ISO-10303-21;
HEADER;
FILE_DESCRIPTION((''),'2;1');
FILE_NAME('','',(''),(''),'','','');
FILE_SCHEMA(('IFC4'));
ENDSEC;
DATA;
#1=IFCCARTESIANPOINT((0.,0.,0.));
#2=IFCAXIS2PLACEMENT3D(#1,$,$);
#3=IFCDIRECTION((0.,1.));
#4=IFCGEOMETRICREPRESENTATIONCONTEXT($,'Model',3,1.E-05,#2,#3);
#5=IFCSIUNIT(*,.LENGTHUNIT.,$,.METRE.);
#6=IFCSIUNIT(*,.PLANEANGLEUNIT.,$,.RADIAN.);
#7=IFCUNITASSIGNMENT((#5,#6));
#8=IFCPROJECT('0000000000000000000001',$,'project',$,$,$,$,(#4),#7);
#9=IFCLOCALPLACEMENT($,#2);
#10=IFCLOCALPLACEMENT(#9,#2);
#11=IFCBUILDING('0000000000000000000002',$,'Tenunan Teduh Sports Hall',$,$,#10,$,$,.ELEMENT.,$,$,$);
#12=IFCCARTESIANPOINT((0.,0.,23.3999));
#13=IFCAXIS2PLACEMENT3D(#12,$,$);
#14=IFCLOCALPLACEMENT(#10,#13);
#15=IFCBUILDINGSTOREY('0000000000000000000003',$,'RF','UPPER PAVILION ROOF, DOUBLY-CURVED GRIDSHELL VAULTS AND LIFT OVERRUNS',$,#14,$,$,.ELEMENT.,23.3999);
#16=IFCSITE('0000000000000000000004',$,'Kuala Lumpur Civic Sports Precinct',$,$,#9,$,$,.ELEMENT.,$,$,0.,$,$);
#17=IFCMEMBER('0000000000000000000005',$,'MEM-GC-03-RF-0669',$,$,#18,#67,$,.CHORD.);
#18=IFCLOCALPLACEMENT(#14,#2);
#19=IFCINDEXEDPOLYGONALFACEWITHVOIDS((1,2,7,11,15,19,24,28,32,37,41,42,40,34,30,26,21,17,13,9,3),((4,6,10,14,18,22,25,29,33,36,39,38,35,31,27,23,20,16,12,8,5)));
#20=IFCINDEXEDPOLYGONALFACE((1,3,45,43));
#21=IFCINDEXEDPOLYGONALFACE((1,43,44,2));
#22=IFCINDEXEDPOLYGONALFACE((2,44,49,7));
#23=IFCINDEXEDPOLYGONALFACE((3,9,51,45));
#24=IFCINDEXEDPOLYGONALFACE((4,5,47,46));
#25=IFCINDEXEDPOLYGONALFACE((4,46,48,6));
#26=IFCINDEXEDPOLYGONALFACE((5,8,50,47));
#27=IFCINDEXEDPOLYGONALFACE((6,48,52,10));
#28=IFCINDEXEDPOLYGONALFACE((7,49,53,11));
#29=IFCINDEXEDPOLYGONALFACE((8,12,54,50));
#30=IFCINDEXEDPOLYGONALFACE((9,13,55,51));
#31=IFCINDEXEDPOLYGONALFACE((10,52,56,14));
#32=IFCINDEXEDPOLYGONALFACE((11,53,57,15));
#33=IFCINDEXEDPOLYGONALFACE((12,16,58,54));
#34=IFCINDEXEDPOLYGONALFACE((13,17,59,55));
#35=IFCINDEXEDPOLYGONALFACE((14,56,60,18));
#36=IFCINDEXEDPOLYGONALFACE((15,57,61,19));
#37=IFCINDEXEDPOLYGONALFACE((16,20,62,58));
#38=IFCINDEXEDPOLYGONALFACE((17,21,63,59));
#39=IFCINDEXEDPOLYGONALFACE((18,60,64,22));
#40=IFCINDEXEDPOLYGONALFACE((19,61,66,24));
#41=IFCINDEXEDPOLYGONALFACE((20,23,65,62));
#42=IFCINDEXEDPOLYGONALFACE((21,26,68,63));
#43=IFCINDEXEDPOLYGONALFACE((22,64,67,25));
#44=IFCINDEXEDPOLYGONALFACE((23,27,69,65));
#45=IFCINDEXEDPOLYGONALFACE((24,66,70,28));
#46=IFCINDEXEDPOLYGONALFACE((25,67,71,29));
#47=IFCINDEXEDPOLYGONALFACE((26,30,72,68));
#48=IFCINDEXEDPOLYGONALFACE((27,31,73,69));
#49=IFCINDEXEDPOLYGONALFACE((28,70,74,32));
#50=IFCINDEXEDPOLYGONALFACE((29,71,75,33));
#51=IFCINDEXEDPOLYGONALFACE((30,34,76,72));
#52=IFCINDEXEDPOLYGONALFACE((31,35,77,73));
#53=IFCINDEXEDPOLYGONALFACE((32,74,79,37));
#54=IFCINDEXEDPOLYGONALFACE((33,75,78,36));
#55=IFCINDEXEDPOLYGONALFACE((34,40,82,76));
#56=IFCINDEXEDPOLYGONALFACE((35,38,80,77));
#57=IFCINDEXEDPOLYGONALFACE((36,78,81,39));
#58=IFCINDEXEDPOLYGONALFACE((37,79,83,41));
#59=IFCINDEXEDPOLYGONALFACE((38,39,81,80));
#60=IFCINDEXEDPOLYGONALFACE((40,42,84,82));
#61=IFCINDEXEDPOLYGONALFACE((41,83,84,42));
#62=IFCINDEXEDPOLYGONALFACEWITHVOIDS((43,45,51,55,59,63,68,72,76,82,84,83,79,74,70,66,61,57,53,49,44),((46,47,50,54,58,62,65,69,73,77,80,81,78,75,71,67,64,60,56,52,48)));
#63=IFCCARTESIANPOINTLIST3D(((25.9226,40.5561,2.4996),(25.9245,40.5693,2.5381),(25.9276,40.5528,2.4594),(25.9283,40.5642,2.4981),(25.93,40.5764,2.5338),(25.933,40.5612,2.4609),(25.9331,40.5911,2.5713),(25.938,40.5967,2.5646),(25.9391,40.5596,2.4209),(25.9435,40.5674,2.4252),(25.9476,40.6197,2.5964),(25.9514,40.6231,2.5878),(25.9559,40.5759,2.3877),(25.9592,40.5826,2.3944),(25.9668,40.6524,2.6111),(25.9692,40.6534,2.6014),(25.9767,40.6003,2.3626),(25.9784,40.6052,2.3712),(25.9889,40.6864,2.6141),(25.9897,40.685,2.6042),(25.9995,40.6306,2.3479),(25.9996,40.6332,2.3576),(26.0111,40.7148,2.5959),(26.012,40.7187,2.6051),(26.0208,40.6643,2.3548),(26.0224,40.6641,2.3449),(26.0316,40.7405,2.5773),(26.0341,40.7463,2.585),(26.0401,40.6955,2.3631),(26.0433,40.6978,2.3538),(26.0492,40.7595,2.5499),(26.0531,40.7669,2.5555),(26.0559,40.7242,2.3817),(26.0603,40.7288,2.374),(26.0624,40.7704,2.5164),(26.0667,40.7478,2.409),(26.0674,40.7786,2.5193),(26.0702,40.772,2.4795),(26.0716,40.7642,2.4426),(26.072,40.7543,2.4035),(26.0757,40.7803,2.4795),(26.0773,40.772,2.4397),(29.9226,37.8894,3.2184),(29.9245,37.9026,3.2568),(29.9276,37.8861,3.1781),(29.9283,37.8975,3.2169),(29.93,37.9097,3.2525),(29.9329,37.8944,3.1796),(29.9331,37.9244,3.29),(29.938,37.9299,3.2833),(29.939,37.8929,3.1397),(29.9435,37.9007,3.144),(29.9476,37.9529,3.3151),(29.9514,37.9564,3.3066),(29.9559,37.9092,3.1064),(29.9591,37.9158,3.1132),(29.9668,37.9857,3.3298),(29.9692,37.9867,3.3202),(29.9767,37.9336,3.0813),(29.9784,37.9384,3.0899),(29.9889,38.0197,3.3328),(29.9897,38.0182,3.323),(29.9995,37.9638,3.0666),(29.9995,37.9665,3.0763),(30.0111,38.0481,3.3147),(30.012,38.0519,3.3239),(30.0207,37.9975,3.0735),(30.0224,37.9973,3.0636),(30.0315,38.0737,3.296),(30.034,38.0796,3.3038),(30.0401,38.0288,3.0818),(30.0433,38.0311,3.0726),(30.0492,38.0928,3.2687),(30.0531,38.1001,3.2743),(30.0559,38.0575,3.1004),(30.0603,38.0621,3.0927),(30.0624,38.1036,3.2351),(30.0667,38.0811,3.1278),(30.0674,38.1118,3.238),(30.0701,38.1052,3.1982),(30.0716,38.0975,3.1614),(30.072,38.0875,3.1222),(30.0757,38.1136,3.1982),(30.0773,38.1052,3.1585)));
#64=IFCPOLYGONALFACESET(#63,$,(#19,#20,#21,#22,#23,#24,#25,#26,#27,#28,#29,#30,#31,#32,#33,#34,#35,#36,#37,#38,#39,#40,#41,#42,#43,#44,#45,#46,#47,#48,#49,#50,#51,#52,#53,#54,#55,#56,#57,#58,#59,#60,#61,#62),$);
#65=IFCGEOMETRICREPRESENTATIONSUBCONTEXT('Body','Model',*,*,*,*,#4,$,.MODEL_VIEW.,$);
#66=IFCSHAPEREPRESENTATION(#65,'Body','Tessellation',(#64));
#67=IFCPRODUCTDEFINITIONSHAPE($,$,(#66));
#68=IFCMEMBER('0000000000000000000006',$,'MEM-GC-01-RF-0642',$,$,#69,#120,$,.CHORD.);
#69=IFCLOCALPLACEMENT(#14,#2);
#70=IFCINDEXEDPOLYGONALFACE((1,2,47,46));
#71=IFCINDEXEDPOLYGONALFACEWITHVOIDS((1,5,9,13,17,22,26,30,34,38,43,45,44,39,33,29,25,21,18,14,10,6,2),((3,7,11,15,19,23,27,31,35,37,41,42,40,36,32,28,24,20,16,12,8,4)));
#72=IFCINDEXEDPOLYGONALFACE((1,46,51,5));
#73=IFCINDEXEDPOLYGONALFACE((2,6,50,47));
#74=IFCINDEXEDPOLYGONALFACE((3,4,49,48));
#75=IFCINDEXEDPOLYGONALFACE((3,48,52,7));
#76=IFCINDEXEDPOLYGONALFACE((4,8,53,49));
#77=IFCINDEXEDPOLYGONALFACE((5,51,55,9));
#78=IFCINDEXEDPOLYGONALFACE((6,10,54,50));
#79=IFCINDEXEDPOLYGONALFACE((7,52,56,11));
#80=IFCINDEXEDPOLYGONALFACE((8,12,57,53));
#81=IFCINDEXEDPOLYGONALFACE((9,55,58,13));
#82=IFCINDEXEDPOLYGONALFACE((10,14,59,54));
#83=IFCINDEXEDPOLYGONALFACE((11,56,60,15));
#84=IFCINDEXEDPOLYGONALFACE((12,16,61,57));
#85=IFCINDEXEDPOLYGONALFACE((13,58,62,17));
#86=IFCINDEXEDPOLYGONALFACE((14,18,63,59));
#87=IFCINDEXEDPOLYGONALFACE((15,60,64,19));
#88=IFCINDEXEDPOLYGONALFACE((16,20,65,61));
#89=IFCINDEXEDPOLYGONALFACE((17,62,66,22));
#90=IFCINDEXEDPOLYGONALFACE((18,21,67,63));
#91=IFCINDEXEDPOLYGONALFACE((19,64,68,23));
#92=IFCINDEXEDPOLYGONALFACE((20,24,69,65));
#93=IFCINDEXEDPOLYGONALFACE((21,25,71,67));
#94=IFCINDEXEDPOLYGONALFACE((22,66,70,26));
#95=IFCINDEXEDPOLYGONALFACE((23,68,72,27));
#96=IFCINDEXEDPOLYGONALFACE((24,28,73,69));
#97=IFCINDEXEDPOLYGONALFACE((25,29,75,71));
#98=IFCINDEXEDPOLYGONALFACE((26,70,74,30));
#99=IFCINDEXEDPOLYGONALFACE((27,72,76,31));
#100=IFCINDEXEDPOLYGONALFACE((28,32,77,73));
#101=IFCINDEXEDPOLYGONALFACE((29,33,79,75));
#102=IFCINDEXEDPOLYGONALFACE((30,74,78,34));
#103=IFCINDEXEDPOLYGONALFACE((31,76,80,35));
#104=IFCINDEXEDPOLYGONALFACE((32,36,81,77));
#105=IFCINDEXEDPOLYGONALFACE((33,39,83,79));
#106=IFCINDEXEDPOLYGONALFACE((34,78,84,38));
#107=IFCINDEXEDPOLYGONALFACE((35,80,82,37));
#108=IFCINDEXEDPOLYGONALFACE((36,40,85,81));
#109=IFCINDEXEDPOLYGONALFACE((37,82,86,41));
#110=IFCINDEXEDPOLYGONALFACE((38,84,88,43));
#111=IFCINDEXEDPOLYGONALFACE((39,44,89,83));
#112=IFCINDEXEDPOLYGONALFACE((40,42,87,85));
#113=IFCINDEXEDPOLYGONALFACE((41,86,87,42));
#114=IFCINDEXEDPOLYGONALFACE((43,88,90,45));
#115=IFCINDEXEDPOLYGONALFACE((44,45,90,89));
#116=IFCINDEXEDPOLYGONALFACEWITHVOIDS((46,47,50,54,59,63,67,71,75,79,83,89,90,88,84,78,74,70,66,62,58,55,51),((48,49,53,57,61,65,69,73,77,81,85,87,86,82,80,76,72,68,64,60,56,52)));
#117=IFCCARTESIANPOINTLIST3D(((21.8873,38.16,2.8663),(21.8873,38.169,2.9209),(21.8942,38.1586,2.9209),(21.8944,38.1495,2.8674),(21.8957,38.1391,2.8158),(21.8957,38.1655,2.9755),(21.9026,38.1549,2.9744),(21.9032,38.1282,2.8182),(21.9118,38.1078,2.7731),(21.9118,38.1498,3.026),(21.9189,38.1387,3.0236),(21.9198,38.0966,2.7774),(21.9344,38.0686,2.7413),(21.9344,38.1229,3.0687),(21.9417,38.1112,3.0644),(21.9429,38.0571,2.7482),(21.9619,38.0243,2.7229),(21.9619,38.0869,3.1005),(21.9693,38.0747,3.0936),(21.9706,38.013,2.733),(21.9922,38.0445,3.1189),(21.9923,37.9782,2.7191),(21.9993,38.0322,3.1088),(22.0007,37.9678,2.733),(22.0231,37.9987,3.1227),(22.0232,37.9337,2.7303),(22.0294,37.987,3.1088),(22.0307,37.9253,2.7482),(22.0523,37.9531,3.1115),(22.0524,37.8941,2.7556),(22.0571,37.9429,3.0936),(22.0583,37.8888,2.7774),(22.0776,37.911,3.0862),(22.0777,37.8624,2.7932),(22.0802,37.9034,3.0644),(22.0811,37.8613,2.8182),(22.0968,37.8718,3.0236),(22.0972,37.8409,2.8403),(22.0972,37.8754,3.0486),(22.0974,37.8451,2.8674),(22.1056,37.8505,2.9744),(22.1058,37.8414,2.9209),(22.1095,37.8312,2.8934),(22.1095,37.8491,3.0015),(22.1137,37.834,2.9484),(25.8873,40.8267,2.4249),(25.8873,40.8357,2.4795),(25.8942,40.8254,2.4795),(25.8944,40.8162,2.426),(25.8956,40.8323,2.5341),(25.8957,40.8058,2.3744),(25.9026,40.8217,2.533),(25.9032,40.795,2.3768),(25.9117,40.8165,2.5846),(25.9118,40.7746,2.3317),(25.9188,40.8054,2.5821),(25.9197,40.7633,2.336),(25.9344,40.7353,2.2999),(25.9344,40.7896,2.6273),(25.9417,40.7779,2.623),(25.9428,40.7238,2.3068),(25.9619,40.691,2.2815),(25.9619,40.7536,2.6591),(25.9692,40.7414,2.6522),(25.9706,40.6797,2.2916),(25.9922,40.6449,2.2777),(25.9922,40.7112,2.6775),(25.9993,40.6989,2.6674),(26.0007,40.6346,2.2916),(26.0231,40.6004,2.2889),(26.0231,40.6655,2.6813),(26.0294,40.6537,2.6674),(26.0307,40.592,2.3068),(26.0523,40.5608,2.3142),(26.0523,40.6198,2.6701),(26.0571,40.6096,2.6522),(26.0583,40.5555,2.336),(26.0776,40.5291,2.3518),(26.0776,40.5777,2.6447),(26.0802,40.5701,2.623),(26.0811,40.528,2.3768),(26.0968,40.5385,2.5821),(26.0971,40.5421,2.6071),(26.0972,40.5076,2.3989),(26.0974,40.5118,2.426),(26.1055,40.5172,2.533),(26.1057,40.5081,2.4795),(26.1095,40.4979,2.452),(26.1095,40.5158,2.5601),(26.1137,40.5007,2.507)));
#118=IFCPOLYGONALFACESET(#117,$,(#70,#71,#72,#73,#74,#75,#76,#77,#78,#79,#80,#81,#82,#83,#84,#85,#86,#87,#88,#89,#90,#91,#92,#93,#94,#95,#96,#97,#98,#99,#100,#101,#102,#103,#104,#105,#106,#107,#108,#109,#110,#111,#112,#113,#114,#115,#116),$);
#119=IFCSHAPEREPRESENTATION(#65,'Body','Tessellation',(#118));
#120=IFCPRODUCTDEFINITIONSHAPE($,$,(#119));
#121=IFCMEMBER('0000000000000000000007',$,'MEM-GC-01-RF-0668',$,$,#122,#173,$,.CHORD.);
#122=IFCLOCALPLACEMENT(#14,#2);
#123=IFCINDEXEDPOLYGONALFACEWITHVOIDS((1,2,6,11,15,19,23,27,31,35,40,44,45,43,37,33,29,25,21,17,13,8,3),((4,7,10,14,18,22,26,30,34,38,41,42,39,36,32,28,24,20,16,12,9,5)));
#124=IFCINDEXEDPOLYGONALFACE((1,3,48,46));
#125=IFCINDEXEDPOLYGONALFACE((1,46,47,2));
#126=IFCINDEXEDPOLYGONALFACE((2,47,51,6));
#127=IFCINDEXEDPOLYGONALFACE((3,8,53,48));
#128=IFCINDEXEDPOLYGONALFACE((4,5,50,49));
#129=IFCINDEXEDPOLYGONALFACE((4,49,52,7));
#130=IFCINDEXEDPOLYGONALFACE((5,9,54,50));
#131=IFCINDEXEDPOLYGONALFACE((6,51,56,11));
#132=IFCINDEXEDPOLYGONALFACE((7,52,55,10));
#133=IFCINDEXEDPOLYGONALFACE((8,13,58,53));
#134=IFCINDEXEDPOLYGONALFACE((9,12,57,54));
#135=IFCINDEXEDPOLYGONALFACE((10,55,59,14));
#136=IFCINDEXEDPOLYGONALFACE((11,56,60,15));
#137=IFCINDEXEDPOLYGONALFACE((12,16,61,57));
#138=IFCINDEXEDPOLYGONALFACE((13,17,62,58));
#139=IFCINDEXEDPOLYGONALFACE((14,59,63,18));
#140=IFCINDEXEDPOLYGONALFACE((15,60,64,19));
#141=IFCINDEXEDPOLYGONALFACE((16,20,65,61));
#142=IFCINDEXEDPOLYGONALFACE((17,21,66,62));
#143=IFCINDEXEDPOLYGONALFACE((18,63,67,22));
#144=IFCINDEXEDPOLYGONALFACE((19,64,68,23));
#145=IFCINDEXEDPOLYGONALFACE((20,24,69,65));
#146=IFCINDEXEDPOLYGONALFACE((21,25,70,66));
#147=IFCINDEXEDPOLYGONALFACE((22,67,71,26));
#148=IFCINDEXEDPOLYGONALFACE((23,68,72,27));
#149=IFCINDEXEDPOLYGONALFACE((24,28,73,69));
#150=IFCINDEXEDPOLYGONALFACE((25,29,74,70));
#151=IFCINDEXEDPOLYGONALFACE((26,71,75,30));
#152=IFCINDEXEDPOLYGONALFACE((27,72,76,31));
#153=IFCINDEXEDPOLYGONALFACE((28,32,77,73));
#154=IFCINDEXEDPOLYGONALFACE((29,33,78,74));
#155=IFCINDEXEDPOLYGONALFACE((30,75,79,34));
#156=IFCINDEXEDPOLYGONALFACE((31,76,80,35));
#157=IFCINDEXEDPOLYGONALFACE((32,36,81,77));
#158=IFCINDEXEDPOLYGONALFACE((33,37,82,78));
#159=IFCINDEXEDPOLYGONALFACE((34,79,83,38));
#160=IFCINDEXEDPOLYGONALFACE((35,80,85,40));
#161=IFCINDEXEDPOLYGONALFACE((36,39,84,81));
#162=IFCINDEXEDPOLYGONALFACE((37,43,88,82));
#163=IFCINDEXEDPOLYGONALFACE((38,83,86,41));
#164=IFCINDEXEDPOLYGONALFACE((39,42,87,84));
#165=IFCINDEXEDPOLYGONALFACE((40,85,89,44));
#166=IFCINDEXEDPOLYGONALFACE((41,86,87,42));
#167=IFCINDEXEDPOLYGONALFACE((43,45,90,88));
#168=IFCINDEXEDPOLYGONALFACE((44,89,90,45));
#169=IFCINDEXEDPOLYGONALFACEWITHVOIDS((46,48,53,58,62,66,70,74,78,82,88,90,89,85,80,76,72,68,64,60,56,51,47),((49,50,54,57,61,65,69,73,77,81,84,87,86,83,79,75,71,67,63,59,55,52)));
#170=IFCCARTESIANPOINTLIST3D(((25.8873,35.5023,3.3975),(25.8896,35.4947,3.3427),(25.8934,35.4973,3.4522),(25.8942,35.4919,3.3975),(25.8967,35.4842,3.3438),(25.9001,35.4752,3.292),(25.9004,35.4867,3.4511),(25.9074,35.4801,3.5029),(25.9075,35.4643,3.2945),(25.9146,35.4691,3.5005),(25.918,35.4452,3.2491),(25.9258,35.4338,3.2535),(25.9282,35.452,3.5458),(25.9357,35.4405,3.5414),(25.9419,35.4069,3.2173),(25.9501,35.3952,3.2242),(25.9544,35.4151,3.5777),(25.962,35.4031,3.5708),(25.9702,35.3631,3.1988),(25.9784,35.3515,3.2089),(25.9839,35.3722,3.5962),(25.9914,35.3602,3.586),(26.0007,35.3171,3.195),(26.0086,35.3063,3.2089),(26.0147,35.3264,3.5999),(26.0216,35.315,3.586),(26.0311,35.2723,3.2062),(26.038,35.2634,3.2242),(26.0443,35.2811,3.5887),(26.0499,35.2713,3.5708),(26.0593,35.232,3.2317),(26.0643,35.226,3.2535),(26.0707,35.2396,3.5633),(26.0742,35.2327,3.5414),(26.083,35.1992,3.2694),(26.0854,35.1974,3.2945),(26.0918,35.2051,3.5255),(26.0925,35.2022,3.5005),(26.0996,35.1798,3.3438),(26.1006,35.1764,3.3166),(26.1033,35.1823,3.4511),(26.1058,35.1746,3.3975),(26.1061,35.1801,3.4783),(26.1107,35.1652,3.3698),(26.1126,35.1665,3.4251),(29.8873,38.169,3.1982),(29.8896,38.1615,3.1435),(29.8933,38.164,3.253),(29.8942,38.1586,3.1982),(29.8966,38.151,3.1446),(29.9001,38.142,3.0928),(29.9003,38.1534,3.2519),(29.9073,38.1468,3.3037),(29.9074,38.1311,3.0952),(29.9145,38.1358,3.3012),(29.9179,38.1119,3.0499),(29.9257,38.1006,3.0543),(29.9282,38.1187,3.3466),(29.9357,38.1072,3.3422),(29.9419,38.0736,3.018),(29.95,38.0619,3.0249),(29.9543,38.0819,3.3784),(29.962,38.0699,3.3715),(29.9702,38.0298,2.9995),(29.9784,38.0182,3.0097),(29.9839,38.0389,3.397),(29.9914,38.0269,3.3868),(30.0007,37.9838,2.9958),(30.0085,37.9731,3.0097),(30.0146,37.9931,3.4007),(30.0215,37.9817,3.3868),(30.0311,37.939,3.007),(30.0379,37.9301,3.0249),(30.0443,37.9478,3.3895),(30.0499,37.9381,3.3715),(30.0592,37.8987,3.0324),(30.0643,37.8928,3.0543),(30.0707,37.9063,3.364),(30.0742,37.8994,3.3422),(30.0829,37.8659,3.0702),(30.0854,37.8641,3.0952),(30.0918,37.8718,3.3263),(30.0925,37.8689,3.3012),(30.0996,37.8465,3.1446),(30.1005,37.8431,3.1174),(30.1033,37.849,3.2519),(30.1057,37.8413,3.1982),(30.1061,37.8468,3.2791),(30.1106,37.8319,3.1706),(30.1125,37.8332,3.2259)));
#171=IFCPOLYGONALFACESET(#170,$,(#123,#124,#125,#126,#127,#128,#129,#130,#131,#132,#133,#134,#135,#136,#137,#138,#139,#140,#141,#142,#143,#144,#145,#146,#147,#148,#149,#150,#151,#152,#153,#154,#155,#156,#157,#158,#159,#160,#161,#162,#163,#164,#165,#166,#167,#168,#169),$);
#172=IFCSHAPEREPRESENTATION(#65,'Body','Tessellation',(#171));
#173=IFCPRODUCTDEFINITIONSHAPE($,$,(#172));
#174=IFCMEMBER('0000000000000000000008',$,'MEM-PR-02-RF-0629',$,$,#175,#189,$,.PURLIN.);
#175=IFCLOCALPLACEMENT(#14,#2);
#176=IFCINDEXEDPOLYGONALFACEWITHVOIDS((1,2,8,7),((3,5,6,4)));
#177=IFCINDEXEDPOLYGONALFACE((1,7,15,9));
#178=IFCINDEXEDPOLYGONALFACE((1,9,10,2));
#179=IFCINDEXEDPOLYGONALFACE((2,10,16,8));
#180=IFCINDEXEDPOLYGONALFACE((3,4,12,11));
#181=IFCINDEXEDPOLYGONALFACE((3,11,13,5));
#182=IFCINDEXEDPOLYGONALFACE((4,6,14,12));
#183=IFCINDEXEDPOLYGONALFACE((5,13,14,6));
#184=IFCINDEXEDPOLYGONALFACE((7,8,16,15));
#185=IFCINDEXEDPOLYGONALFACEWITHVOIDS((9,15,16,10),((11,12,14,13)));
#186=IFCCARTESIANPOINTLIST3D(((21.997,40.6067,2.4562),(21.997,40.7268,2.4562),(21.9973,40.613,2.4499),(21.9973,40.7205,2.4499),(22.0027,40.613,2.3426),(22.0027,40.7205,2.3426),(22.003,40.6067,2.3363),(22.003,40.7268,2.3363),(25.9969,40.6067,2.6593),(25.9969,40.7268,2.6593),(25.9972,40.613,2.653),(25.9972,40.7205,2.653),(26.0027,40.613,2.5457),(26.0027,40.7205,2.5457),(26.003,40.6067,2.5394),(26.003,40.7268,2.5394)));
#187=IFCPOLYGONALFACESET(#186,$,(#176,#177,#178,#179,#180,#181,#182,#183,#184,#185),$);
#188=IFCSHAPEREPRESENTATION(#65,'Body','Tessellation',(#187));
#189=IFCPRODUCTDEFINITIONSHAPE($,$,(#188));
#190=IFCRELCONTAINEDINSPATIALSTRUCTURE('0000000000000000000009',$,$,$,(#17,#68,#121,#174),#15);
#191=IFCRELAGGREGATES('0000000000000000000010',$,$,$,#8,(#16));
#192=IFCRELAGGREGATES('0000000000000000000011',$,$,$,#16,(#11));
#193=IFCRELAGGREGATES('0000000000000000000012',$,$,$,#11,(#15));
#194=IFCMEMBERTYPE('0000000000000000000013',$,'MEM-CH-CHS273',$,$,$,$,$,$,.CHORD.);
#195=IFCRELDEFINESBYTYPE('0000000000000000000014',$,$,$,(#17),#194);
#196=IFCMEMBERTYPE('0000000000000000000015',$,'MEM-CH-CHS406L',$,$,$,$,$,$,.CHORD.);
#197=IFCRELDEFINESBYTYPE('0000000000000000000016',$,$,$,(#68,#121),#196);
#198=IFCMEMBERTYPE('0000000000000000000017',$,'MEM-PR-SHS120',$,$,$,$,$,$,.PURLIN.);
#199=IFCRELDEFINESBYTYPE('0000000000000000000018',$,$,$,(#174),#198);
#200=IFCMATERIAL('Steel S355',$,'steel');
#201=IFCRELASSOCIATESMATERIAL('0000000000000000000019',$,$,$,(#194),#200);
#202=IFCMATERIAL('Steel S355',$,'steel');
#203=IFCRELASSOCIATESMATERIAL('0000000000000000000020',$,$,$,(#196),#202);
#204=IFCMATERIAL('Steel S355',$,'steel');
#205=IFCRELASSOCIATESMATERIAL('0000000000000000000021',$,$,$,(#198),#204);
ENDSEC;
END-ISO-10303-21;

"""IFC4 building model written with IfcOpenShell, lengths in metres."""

from ifc_helpers import new_model, si_unit, direction, frame, origin, origin_2d, place, context, subcontext, project, spatial, hollow_rectangle, hollow_circle, extrude, material, material_profile, profile_set, type_object, element, save


model = new_model("IFC4")

# Units and contexts
model_context = context("Model", 3, precision=1e-05, world=origin(), true_north=direction((0.0, 1.0)))
body_context = subcontext(model_context, "Body", "Model", "MODEL_VIEW")
ifc_project = project(units=[si_unit("LENGTHUNIT", "METRE"), si_unit("PLANEANGLEUNIT", "RADIAN")], contexts=[model_context])

# Site, building, storey
site_placement = place(None, origin())
site = spatial("IfcSite", under=ifc_project, at=site_placement, Name="Kuala Lumpur Civic Sports Precinct", CompositionType="ELEMENT", RefElevation=0.0)
building_placement = place(site_placement, origin())
building = spatial("IfcBuilding", under=site, at=building_placement, Name="Tenunan Teduh Sports Hall", CompositionType="ELEMENT")
storey_placement = place(building_placement, frame((0.0, 0.0, 23.3999)))
storey = spatial("IfcBuildingStorey", under=building, at=storey_placement, Name="RF", Description="UPPER PAVILION ROOF, DOUBLY-CURVED GRIDSHELL VAULTS AND LIFT OVERRUNS", CompositionType="ELEMENT", Elevation=23.3999)

# Members
ifc_material_1 = material(Name="Steel S355", Category="steel")
ifc_material_profile_1 = material_profile(ifc_material_1, hollow_circle(Radius=0.1365, WallThickness=0.01, at=origin_2d()), Name="CHS 273.0x10.0")
ifc_profile_set_1 = profile_set([ifc_material_profile_1], Name="Steel S355")
member_type_1 = type_object("IfcMemberType", Name="MEM-CH-CHS273", PredefinedType="CHORD", material=ifc_profile_set_1)
member_1_placement = place(storey_placement, frame((26.0, 40.6667, 2.4795), z_axis=(0.822896, -0.548614, 0.147864), x_axis=(0.554712, 0.832042, 0.0)))
element("IfcMember", 1, at=member_1_placement, inside=storey, type_object=member_type_1, Name="MEM-GC-03-RF-0669", PredefinedType="CHORD", context=body_context, shape_type="SweptSolid", body=[
    extrude(hollow_circle(Radius=0.1365, WallThickness=0.01, at=origin_2d()), origin(), (0.0, 0.0, 1.0), 4.8608),
])
ifc_material_2 = material(Name="Steel S355", Category="steel")
ifc_material_profile_2 = material_profile(ifc_material_2, hollow_circle(Radius=0.2031, WallThickness=0.0125, at=origin_2d()), Name="CHS 406.4x12.5")
ifc_profile_set_2 = profile_set([ifc_material_profile_2], Name="Steel S355")
member_type_2 = type_object("IfcMemberType", Name="MEM-CH-CHS406L", PredefinedType="CHORD", material=ifc_profile_set_2)
member_2_placement = place(storey_placement, frame((22.0, 38.0, 2.9209), z_axis=(0.828557, 0.552388, -0.091433), x_axis=(-0.554712, 0.832042, 0.0)))
element("IfcMember", 2, at=member_2_placement, inside=storey, type_object=member_type_2, Name="MEM-GC-01-RF-0642", PredefinedType="CHORD", context=body_context, shape_type="SweptSolid", body=[
    extrude(hollow_circle(Radius=0.2031, WallThickness=0.0125, at=origin_2d()), origin(), (0.0, 0.0, 1.0), 4.8276),
])
member_3_placement = place(storey_placement, frame((26.0, 35.3333, 3.3975), z_axis=(0.831329, 0.554236, -0.041404), x_axis=(-0.554712, 0.832042, 0.0)))
element("IfcMember", 3, at=member_3_placement, inside=storey, type_object=member_type_2, Name="MEM-GC-01-RF-0668", PredefinedType="CHORD", context=body_context, shape_type="SweptSolid", body=[
    extrude(hollow_circle(Radius=0.2031, WallThickness=0.0125, at=origin_2d()), origin(), (0.0, 0.0, 1.0), 4.8115),
])
ifc_material_3 = material(Name="Steel S355", Category="steel")
ifc_material_profile_3 = material_profile(ifc_material_3, hollow_rectangle(XDim=0.1201, YDim=0.1201, WallThickness=0.0063, at=origin_2d()), Name="SHS 120x120x6.3")
ifc_profile_set_3 = profile_set([ifc_material_profile_3], Name="Steel S355")
member_type_3 = type_object("IfcMemberType", Name="MEM-PR-SHS120", PredefinedType="PURLIN", material=ifc_profile_set_3)
member_4_placement = place(storey_placement, frame((22.0, 40.6667, 2.3962), z_axis=(0.998713, 0.0, 0.050716), x_axis=(0.0, 1.0, 0.0)))
element("IfcMember", 4, at=member_4_placement, inside=storey, type_object=member_type_3, Name="MEM-PR-02-RF-0629", PredefinedType="PURLIN", context=body_context, shape_type="SweptSolid", body=[
    extrude(hollow_rectangle(XDim=0.1201, YDim=0.1201, WallThickness=0.0063, at=origin_2d()), origin(), (0.0, 0.0, 1.0), 4.0051),
])

save(model, "model.ifc")
